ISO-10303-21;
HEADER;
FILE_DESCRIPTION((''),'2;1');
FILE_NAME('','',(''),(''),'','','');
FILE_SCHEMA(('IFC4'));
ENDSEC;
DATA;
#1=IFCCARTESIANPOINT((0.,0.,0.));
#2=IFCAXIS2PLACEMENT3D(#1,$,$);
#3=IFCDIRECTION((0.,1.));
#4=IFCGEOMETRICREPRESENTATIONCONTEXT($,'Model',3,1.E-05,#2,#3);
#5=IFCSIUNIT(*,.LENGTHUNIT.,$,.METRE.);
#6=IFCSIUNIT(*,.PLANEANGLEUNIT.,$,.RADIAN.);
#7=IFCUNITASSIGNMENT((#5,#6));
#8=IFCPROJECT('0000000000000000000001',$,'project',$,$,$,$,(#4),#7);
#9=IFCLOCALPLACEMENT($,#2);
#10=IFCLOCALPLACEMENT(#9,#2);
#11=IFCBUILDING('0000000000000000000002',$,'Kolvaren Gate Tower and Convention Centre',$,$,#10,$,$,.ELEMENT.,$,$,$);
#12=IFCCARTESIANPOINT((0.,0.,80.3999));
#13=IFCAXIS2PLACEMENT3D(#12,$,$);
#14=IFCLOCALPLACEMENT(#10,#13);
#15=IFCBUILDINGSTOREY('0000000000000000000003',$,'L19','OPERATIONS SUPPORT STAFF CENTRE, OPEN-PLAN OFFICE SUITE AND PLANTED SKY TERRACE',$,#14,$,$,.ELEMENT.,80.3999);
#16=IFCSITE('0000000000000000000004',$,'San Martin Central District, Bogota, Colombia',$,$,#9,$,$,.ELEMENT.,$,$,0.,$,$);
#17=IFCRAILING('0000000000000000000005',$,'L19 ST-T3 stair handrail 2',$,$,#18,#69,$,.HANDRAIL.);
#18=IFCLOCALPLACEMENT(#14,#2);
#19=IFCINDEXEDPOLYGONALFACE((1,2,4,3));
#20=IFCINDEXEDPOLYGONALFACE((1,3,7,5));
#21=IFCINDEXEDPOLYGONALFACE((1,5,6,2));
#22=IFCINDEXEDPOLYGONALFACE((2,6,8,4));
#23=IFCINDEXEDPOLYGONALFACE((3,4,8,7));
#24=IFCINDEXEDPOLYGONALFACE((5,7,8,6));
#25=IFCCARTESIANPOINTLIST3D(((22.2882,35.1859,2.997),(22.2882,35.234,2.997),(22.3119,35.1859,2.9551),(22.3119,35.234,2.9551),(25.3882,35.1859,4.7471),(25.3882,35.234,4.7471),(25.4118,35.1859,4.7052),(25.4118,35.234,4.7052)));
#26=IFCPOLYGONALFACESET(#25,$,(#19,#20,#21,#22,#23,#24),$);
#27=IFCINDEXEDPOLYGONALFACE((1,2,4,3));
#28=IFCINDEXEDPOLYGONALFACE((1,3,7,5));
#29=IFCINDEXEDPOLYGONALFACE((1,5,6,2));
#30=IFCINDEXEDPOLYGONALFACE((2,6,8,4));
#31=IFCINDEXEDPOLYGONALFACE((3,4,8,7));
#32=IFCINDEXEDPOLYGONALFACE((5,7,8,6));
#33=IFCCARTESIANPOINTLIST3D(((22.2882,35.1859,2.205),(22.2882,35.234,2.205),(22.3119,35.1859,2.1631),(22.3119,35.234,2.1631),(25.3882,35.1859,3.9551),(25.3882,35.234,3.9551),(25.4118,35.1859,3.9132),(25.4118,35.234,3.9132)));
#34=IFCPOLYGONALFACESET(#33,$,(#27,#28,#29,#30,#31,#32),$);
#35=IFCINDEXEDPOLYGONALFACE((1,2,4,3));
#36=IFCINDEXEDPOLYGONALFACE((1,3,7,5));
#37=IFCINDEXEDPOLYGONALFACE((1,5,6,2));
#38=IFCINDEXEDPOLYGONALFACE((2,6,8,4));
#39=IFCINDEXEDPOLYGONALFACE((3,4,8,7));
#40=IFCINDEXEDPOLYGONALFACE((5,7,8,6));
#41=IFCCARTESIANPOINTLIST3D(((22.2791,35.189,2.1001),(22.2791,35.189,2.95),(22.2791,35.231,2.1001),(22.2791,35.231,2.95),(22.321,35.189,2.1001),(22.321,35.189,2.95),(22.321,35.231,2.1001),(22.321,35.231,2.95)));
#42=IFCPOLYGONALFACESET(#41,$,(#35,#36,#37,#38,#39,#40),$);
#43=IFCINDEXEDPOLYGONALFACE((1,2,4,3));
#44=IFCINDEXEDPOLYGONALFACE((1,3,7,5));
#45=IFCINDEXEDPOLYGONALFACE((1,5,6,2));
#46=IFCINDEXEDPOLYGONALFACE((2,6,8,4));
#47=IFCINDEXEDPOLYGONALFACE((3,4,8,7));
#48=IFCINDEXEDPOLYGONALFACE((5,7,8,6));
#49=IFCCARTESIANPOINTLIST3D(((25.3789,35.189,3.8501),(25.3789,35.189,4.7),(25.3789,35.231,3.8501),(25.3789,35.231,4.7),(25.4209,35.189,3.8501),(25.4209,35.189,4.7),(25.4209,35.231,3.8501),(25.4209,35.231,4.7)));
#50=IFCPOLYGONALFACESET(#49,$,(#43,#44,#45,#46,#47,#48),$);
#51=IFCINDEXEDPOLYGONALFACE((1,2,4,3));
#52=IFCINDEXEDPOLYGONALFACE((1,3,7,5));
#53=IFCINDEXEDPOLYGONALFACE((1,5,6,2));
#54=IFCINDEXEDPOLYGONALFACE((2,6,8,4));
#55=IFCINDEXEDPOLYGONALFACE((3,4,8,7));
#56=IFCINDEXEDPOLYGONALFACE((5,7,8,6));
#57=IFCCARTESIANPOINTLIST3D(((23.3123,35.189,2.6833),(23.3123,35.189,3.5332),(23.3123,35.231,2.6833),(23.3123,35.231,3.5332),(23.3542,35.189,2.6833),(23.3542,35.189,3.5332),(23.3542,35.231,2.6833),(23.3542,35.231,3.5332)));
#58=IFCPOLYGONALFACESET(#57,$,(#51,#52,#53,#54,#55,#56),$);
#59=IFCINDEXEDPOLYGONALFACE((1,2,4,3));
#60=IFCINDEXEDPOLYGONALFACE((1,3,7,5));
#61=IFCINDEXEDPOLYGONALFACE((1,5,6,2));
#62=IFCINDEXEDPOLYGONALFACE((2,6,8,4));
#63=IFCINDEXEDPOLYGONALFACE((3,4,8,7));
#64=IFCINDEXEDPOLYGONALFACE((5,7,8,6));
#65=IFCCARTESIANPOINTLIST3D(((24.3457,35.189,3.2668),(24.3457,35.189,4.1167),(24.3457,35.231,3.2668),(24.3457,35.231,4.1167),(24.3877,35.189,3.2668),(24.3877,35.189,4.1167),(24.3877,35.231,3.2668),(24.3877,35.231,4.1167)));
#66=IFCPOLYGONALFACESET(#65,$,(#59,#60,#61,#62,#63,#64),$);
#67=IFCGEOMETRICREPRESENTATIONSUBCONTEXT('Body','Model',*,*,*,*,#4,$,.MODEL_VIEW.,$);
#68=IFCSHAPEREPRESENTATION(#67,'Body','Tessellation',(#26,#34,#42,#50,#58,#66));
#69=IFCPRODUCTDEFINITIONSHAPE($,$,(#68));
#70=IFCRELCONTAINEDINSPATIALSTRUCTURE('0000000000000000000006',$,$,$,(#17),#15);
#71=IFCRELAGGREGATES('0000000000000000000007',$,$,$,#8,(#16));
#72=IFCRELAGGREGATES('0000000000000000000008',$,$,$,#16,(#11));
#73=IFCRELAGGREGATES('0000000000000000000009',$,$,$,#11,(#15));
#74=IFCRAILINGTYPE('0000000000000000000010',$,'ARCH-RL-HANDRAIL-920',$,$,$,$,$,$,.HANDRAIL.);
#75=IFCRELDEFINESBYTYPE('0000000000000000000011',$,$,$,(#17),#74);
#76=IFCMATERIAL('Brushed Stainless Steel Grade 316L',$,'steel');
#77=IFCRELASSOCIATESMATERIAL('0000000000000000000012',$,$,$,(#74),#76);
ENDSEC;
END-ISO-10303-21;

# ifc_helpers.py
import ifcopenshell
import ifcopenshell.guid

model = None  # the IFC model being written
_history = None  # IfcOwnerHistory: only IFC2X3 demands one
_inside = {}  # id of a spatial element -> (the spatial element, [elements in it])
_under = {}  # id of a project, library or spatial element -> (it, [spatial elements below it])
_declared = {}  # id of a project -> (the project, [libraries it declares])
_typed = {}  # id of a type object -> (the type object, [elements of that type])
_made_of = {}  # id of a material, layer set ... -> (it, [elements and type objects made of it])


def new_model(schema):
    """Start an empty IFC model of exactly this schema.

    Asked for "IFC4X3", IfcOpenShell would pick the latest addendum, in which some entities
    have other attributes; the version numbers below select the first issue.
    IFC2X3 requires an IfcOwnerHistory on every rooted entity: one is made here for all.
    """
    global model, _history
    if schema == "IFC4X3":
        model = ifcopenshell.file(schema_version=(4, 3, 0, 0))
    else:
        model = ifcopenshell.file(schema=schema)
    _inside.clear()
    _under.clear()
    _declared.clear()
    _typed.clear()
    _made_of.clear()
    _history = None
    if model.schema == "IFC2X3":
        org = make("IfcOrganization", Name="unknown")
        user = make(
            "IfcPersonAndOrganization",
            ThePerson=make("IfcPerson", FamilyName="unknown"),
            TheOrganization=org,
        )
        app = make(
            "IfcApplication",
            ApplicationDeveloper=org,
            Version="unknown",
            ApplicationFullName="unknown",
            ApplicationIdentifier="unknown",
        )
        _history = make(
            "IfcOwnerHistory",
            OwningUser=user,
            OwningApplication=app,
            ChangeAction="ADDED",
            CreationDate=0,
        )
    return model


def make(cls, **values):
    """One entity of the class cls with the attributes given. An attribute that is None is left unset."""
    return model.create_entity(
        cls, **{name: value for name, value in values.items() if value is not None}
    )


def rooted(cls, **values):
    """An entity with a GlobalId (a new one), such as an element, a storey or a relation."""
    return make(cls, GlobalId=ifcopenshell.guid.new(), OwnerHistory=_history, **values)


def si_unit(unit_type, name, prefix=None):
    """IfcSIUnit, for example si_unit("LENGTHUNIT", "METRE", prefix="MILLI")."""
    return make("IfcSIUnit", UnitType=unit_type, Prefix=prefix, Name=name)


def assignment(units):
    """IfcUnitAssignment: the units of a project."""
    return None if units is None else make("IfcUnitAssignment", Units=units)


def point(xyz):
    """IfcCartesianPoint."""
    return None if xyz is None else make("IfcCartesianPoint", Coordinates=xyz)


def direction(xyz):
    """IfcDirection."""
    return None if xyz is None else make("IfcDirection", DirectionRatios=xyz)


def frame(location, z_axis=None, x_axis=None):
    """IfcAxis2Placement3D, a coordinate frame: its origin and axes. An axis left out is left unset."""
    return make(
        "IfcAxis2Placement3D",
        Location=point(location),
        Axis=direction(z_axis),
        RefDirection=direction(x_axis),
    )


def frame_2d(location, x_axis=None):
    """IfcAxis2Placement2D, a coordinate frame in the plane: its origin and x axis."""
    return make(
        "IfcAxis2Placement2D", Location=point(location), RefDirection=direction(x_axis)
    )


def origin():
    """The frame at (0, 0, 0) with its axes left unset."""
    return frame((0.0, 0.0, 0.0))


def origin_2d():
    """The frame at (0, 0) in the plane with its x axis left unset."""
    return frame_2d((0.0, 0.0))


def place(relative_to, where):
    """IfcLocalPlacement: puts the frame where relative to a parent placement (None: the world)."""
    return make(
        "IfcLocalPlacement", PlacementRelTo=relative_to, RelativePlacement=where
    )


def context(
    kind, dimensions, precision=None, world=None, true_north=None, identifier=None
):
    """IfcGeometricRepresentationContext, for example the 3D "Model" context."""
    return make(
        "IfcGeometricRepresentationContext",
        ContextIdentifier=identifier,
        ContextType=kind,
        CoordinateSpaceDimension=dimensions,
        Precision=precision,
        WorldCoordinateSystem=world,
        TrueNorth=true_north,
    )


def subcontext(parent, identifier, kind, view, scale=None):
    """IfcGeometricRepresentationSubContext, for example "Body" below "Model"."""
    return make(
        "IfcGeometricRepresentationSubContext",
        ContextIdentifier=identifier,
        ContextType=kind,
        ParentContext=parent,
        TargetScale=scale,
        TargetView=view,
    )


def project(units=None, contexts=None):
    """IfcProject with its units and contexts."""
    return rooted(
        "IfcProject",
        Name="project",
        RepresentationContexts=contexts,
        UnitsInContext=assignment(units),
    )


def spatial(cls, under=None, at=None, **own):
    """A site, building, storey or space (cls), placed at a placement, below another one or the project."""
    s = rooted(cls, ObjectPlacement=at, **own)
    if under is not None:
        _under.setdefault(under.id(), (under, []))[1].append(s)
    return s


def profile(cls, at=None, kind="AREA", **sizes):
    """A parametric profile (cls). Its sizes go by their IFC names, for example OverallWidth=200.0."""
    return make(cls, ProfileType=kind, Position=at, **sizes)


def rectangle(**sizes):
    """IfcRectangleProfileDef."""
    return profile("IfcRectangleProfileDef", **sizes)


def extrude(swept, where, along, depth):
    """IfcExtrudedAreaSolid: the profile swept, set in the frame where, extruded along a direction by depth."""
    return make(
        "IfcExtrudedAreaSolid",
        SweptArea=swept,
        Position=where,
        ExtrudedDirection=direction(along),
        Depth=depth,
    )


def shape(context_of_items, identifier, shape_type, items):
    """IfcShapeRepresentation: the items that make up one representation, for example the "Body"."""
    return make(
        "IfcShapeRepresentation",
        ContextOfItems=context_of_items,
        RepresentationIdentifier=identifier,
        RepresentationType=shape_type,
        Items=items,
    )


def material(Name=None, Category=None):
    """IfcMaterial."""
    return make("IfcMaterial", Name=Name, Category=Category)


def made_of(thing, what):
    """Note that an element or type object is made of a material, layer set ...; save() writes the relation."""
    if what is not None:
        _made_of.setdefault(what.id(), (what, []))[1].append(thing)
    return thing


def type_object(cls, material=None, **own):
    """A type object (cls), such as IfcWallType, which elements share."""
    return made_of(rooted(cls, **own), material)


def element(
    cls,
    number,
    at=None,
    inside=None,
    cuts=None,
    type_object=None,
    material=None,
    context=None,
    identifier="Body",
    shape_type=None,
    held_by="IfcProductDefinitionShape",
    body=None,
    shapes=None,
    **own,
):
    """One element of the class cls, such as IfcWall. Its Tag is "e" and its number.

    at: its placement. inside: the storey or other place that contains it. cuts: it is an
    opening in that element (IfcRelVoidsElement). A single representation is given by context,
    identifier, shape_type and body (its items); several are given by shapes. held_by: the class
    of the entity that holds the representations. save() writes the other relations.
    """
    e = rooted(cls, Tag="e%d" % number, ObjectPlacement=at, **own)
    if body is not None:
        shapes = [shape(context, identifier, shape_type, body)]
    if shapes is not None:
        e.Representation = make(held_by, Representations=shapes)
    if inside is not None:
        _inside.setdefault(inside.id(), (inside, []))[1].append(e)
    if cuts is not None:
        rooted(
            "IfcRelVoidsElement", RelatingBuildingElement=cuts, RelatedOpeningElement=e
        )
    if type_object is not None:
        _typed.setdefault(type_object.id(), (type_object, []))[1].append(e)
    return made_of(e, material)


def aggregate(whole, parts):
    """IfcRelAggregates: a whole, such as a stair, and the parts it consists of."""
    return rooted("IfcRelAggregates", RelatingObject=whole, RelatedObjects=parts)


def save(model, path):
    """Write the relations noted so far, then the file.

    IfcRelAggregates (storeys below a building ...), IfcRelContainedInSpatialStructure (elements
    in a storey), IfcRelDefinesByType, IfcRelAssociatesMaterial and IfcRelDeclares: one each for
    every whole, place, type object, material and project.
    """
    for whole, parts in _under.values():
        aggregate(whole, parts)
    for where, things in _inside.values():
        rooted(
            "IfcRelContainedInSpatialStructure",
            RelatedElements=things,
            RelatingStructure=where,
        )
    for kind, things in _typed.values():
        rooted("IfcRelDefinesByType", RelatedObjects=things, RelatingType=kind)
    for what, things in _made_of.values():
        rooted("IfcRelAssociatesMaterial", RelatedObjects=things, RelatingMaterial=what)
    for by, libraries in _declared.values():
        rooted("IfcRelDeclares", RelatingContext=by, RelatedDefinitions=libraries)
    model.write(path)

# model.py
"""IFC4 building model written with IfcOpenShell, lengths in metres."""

from ifc_helpers import new_model, si_unit, direction, frame, origin, origin_2d, place, context, subcontext, project, spatial, rectangle, extrude, material, type_object, element, save


model = new_model("IFC4")

# Units and contexts
model_context = context("Model", 3, precision=1e-05, world=origin(), true_north=direction((0.0, 1.0)))
body_context = subcontext(model_context, "Body", "Model", "MODEL_VIEW")
ifc_project = project(units=[si_unit("LENGTHUNIT", "METRE"), si_unit("PLANEANGLEUNIT", "RADIAN")], contexts=[model_context])

# Site, building, storey
site_placement = place(None, origin())
site = spatial("IfcSite", under=ifc_project, at=site_placement, Name="San Martin Central District, Bogota, Colombia", CompositionType="ELEMENT", RefElevation=0.0)
building_placement = place(site_placement, origin())
building = spatial("IfcBuilding", under=site, at=building_placement, Name="Kolvaren Gate Tower and Convention Centre", CompositionType="ELEMENT")
storey_placement = place(building_placement, frame((0.0, 0.0, 80.3999)))
storey = spatial("IfcBuildingStorey", under=building, at=storey_placement, Name="L19", Description="OPERATIONS SUPPORT STAFF CENTRE, OPEN-PLAN OFFICE SUITE AND PLANTED SKY TERRACE", CompositionType="ELEMENT", Elevation=80.3999)

# Railing
ifc_material_1 = material(Name="Brushed Stainless Steel Grade 316L", Category="steel")
railing_type_1 = type_object("IfcRailingType", Name="ARCH-RL-HANDRAIL-920", PredefinedType="HANDRAIL", material=ifc_material_1)
railing_1_placement = place(storey_placement, frame((22.3, 35.21, 2.1001)))
element("IfcRailing", 1, at=railing_1_placement, inside=storey, type_object=railing_type_1, Name="L19 ST-T3 stair handrail 2", PredefinedType="HANDRAIL", context=body_context, shape_type="SweptSolid", body=[
    extrude(rectangle(XDim=0.0481, YDim=0.0481, at=origin_2d()), frame((0.0, 0.0, 0.876), z_axis=(0.870814, 0.0, 0.491612), x_axis=(0.0, 1.0, 0.0)), (0.0, 0.0, 1.0), 3.5598),
    extrude(rectangle(XDim=0.0481, YDim=0.0481, at=origin_2d()), frame((0.0, 0.0, 0.084), z_axis=(0.870814, 0.0, 0.491612), x_axis=(0.0, 1.0, 0.0)), (0.0, 0.0, 1.0), 3.5598),
    extrude(rectangle(XDim=0.042, YDim=0.042, at=origin_2d()), origin(), (0.0, 0.0, 1.0), 0.8499),
    extrude(rectangle(XDim=0.042, YDim=0.042, at=origin_2d()), frame((3.0999, 0.0, 1.75)), (0.0, 0.0, 1.0), 0.8499),
    extrude(rectangle(XDim=0.042, YDim=0.042, at=origin_2d()), frame((1.0332, 0.0, 0.5833)), (0.0, 0.0, 1.0), 0.8499),
    extrude(rectangle(XDim=0.042, YDim=0.042, at=origin_2d()), frame((2.0667, 0.0, 1.1667)), (0.0, 0.0, 1.0), 0.8499),
])

save(model, "model.ifc")
